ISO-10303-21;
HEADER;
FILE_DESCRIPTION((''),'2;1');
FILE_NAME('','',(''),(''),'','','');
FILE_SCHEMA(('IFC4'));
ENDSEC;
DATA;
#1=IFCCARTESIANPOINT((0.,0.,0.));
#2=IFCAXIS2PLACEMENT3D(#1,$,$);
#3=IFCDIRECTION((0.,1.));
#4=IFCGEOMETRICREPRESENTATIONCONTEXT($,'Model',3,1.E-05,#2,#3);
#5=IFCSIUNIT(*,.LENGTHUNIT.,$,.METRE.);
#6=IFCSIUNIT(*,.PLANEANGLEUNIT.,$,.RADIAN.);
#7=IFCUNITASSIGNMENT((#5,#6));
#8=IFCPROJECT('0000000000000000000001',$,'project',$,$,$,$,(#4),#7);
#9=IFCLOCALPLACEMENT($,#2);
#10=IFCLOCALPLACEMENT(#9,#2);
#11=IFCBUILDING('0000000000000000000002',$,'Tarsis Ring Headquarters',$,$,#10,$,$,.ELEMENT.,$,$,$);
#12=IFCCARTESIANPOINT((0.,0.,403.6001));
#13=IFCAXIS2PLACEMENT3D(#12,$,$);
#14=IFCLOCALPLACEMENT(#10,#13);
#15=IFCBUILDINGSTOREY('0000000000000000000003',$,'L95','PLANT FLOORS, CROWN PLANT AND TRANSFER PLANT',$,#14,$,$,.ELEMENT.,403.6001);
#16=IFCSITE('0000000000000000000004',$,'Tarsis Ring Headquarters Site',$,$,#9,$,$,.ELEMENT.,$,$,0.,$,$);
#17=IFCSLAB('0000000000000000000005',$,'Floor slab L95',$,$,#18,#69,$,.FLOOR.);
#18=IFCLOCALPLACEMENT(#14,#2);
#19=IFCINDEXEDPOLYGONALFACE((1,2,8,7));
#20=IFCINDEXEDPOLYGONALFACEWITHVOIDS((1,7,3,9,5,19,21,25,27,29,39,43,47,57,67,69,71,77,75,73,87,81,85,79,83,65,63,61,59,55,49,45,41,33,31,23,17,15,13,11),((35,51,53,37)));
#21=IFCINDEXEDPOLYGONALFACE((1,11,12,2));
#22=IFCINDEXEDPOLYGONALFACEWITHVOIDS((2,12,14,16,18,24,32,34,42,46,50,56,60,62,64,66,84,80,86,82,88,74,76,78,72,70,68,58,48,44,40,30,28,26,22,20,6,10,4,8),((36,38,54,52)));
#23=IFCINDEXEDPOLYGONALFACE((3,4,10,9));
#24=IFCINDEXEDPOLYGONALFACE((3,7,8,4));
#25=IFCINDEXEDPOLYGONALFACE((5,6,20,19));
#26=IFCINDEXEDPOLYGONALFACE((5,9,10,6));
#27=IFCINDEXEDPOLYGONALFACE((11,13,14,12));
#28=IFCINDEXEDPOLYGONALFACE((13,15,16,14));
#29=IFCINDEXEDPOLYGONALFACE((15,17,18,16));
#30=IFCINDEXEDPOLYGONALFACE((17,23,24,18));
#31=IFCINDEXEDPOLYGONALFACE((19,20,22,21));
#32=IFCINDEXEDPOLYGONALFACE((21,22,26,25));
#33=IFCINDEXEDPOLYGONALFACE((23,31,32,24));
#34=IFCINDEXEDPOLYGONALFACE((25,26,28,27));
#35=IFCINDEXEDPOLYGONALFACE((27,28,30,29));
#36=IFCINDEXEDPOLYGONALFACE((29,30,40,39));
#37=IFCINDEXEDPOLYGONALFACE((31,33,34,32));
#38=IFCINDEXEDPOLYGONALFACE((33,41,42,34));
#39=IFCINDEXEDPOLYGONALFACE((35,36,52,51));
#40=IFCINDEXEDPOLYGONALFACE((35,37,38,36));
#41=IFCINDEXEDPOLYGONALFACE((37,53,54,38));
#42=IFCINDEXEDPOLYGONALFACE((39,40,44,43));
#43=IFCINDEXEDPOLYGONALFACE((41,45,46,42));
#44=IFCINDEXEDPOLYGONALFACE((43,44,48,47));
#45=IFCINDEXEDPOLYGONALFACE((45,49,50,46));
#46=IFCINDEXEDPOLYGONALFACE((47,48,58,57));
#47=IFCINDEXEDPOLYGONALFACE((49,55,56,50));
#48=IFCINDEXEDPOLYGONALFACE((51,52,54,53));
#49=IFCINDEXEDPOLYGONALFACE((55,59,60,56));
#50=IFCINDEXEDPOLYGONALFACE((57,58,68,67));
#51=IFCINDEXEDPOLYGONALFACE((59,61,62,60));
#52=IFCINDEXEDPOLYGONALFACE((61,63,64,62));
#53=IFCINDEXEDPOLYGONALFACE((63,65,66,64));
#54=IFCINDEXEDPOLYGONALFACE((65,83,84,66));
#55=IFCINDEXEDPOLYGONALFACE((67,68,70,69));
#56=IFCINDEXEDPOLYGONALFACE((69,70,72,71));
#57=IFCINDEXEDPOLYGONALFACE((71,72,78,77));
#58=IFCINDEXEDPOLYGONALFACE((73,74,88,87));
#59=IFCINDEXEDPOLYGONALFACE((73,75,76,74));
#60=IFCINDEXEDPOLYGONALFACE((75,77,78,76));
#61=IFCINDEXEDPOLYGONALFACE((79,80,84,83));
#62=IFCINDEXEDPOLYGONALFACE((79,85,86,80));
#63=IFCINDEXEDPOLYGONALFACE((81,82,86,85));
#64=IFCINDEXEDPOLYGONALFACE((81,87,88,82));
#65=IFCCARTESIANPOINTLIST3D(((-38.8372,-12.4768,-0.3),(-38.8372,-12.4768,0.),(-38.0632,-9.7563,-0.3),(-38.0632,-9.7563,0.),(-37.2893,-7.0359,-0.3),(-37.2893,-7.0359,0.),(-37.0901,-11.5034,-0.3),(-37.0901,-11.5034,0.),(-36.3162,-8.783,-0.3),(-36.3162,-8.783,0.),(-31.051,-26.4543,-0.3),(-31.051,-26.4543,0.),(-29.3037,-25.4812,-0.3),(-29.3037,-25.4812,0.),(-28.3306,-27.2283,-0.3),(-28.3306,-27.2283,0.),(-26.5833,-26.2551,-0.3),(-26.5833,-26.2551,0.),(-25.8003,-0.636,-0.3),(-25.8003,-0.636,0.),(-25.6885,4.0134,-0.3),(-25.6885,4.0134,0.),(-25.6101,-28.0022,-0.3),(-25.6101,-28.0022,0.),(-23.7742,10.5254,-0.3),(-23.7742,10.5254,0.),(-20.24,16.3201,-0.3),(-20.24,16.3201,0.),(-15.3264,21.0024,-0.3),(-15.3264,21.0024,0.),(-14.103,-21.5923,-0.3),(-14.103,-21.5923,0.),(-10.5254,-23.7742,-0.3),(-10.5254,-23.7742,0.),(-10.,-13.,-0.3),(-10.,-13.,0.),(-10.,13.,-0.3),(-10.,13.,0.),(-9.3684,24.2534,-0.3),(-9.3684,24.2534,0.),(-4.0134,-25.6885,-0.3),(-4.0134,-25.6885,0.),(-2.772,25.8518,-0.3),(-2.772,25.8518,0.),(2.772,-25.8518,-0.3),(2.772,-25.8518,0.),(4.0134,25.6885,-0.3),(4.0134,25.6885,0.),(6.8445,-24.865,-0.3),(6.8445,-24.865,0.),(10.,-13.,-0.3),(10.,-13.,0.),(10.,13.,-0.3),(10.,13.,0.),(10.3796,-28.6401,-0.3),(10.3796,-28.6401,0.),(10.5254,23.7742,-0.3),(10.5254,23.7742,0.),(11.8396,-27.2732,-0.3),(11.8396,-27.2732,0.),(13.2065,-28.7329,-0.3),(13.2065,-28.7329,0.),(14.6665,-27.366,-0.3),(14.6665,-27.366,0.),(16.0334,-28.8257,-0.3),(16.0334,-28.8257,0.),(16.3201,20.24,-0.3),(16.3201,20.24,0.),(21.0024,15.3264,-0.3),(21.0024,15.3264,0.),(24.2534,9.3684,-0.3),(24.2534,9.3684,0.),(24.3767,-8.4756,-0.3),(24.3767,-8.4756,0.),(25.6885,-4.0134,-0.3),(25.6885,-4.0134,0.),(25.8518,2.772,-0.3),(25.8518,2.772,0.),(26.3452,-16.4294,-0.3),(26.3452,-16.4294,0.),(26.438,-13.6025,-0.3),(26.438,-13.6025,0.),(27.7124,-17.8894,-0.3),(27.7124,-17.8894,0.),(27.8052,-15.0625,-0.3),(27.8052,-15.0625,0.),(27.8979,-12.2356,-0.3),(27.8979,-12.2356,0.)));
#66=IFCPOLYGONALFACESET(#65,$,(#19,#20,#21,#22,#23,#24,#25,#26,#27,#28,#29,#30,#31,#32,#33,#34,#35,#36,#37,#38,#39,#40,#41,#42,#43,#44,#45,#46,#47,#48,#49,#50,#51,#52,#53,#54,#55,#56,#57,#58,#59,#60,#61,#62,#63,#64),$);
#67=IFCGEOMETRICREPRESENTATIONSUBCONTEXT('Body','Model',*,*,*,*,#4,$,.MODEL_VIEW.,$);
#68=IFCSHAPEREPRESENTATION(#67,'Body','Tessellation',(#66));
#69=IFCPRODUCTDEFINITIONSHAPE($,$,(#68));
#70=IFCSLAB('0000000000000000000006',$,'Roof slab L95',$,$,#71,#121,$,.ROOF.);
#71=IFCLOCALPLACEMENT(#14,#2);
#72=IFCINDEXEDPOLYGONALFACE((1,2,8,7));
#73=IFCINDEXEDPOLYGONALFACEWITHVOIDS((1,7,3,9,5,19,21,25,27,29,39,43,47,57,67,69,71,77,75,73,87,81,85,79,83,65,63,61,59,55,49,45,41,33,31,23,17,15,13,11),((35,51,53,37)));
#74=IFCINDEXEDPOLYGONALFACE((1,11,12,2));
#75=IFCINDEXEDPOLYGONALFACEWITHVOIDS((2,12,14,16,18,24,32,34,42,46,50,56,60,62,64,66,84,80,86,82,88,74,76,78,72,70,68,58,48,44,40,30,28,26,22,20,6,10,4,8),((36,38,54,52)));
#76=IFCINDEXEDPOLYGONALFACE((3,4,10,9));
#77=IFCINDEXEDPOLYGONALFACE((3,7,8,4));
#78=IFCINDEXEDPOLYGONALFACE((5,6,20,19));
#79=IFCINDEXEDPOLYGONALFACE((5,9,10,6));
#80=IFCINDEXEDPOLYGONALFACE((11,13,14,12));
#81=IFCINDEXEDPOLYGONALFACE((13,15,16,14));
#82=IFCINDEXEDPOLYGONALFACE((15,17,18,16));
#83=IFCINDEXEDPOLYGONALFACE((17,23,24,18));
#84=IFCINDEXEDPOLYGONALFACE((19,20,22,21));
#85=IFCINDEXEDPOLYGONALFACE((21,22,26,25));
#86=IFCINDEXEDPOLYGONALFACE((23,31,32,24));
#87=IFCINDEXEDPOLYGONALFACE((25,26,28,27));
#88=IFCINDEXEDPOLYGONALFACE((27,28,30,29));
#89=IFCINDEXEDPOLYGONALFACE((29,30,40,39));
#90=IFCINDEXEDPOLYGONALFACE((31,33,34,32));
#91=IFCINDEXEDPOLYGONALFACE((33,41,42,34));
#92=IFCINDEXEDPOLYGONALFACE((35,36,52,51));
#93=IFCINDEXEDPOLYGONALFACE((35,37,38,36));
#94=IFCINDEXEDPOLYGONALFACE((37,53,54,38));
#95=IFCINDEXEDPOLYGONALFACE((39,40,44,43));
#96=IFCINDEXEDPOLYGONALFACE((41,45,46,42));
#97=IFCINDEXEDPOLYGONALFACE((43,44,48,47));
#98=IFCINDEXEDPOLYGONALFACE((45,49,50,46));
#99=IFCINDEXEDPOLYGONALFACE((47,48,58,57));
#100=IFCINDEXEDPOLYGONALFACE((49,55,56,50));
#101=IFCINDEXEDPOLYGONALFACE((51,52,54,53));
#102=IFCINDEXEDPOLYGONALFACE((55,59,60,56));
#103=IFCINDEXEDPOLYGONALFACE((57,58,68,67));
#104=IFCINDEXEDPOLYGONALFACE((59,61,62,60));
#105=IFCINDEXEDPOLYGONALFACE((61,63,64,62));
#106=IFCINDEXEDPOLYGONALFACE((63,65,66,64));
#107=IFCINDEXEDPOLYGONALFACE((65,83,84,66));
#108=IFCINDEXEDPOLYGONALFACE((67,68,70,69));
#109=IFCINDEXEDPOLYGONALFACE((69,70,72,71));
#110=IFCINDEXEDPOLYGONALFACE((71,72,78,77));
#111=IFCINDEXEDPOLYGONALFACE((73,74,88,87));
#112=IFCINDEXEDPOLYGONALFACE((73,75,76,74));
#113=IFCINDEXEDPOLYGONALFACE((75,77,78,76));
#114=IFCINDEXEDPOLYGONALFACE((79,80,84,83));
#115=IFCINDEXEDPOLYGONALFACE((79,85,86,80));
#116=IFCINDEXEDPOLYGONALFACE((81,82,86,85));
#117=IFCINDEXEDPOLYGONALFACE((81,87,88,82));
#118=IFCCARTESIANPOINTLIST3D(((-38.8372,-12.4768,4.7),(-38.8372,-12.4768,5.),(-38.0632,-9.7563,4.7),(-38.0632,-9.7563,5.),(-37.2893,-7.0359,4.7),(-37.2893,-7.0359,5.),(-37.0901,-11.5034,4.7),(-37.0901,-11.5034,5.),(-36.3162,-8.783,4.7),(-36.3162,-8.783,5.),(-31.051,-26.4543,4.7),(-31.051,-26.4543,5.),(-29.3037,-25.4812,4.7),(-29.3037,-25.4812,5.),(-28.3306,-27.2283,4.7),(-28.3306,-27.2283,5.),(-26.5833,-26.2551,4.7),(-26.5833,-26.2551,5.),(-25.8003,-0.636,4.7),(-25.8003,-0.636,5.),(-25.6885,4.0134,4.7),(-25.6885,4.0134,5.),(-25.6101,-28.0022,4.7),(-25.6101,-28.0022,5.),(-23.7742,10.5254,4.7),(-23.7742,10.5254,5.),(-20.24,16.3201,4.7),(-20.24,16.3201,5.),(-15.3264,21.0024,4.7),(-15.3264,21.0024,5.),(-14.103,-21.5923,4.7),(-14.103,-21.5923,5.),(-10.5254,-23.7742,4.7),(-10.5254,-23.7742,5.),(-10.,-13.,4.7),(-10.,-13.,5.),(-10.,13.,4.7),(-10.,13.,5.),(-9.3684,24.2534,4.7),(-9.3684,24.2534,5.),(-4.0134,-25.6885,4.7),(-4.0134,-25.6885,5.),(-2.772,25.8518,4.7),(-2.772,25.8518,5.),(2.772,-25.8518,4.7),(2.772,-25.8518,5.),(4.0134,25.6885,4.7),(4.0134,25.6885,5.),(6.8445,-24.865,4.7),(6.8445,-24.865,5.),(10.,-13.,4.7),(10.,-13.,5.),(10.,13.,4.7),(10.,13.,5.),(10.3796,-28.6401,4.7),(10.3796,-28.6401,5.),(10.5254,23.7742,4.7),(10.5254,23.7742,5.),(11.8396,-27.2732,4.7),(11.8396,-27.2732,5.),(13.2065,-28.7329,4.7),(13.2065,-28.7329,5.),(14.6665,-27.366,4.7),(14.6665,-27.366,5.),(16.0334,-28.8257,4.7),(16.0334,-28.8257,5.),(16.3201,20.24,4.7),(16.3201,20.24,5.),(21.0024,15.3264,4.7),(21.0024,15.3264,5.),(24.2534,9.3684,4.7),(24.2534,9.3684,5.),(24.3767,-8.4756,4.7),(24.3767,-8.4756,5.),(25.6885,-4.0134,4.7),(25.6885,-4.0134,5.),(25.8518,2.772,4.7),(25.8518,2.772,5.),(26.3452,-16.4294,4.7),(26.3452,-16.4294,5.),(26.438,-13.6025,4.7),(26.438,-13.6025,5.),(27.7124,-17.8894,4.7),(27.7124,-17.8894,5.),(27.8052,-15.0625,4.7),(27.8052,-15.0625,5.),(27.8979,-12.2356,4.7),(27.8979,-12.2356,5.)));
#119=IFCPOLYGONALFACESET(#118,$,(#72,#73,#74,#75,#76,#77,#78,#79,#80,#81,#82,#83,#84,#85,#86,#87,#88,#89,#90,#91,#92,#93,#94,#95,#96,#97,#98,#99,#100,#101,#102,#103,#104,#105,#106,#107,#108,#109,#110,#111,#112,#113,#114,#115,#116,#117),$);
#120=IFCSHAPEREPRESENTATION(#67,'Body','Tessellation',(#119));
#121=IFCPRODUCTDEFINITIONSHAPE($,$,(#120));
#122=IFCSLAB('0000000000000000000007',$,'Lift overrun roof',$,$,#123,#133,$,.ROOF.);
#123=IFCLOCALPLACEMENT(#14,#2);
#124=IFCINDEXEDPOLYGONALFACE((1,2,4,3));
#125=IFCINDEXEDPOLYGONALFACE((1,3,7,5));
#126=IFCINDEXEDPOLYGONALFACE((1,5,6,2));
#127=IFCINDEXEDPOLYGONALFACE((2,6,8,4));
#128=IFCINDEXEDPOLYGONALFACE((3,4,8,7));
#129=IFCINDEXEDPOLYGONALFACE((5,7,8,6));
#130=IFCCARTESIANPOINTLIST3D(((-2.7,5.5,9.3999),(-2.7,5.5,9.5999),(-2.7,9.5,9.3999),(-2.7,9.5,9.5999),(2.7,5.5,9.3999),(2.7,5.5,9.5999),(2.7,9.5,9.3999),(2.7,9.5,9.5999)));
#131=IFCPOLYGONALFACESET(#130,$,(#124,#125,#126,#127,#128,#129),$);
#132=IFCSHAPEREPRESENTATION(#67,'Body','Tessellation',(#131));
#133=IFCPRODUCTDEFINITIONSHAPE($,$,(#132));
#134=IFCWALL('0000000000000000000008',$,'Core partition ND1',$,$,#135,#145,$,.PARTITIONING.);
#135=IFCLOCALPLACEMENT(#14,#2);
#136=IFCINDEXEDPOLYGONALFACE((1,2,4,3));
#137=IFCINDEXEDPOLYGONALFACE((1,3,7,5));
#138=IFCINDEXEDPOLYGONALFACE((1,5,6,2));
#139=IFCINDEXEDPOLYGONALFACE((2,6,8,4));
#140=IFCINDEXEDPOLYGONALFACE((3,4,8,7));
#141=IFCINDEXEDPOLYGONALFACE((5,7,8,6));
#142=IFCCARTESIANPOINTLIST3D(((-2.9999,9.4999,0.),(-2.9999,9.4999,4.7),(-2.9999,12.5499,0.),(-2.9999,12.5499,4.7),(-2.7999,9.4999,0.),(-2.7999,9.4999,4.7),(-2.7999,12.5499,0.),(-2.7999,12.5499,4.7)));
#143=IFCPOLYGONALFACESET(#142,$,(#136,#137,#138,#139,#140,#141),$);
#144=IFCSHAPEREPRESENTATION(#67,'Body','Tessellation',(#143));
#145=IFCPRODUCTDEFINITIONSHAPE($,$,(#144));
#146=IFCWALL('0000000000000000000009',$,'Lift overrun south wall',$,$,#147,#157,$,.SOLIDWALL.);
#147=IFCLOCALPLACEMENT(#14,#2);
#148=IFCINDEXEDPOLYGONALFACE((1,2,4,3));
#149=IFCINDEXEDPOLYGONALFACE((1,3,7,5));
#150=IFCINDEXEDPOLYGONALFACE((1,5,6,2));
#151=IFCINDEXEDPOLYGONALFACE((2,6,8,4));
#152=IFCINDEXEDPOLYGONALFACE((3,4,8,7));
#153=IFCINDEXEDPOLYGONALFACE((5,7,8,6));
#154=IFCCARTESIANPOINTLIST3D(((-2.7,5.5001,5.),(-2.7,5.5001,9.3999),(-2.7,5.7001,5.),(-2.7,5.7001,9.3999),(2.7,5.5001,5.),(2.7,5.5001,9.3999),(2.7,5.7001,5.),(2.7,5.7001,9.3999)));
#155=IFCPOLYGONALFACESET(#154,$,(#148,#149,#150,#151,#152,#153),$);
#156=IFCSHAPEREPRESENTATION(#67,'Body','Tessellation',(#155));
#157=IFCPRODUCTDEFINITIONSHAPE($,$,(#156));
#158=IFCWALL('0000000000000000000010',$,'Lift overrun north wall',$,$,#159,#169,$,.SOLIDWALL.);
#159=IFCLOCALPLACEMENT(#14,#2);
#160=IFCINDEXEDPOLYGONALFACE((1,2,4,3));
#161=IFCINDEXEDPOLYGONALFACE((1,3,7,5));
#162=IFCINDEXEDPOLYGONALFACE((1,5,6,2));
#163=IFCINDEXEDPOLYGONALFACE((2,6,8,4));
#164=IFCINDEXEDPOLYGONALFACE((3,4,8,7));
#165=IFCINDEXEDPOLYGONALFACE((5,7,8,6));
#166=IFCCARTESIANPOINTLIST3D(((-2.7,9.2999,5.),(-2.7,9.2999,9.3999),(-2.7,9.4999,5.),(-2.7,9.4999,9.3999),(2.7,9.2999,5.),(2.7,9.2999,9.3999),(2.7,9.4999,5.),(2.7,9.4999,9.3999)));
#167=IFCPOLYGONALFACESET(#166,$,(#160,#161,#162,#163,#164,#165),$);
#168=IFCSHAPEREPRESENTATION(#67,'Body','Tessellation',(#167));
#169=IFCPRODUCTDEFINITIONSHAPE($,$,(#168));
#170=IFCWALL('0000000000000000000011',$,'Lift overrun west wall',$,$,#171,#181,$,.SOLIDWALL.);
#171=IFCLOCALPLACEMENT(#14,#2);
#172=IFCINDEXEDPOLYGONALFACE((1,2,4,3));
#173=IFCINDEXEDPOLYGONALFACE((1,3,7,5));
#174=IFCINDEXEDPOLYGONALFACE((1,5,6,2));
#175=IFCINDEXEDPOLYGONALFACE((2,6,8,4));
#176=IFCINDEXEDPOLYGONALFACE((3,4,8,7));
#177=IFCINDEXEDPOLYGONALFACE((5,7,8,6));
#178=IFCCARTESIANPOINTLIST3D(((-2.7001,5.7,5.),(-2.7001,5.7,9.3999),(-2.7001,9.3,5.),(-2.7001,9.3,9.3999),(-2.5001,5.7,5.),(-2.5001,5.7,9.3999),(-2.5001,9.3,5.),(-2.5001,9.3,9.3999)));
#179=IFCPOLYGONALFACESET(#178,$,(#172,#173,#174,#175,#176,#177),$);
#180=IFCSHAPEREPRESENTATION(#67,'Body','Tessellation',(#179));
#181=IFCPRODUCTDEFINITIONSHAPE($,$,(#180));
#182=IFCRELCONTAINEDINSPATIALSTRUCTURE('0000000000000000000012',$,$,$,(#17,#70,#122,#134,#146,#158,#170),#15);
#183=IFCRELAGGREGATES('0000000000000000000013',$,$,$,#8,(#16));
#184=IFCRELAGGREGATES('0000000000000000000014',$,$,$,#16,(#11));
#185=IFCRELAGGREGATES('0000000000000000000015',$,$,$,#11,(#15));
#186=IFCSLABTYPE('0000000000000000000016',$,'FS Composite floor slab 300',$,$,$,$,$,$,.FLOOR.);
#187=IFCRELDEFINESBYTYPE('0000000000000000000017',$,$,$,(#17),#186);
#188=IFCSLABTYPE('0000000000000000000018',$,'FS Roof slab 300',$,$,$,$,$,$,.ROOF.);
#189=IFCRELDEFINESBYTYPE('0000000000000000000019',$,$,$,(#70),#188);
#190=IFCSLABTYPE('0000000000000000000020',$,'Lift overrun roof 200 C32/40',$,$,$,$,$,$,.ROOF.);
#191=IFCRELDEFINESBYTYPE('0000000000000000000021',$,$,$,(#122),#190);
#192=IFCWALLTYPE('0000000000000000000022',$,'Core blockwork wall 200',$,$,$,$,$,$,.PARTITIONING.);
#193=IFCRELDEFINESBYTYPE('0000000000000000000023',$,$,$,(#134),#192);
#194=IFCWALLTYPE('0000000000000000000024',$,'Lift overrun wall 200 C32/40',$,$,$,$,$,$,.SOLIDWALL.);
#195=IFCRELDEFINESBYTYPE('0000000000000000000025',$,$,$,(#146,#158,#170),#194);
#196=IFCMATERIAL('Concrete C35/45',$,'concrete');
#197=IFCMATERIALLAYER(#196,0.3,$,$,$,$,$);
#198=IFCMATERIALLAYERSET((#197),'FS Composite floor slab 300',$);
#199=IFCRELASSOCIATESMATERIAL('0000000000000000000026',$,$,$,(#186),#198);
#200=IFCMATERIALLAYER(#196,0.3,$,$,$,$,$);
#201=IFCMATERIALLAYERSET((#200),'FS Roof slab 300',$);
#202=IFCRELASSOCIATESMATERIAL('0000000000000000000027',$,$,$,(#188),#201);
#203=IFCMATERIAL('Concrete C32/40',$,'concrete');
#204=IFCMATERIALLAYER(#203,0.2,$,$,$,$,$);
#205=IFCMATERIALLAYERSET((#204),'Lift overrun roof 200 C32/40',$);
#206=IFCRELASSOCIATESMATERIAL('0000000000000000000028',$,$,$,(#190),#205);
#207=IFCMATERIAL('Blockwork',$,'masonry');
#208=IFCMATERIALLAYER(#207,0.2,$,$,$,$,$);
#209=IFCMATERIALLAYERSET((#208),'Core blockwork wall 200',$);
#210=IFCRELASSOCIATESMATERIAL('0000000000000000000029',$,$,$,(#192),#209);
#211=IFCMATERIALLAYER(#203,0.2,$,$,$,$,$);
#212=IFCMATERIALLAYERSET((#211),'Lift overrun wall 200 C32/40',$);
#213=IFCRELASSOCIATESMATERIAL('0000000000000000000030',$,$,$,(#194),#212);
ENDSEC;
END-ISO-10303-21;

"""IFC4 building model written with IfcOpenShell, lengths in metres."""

from ifc_helpers import new_model, si_unit, direction, frame, frame_2d, origin, place, context, subcontext, project, spatial, polyline, rectangle, outline, extrude, material, layer, layer_set, type_object, element, save


model = new_model("IFC4")

# Units and contexts
model_context = context("Model", 3, precision=1e-05, world=origin(), true_north=direction((0.0, 1.0)))
body_context = subcontext(model_context, "Body", "Model", "MODEL_VIEW")
ifc_project = project(units=[si_unit("LENGTHUNIT", "METRE"), si_unit("PLANEANGLEUNIT", "RADIAN")], contexts=[model_context])

# Site, building, storey
site_placement = place(None, origin())
site = spatial("IfcSite", under=ifc_project, at=site_placement, Name="Tarsis Ring Headquarters Site", CompositionType="ELEMENT", RefElevation=0.0)
building_placement = place(site_placement, origin())
building = spatial("IfcBuilding", under=site, at=building_placement, Name="Tarsis Ring Headquarters", CompositionType="ELEMENT")
storey_placement = place(building_placement, frame((0.0, 0.0, 403.6001)))
storey = spatial("IfcBuildingStorey", under=building, at=storey_placement, Name="L95", Description="PLANT FLOORS, CROWN PLANT AND TRANSFER PLANT", CompositionType="ELEMENT", Elevation=403.6001)

# Slabs
ifc_material_1 = material(Name="Concrete C35/45", Category="concrete")
ifc_layer_1 = layer(ifc_material_1, 0.3)
ifc_layer_set_1 = layer_set([ifc_layer_1], Name="FS Composite floor slab 300")
slab_type_1 = type_object("IfcSlabType", Name="FS Composite floor slab 300", PredefinedType="FLOOR", material=ifc_layer_set_1)
slab_1_placement = place(storey_placement, frame((0.0, 0.0, -0.3)))
element("IfcSlab", 1, at=slab_1_placement, inside=storey, type_object=slab_type_1, Name="Floor slab L95", PredefinedType="FLOOR", context=body_context, shape_type="SweptSolid", body=[
    extrude(outline(polyline([(-14.103, -21.5923), (-10.5254, -23.7742), (-4.0134, -25.6885), (2.772, -25.8518), (6.8445, -24.865), (10.3796, -28.6401), (11.8396, -27.2732), (13.2065, -28.7329), (14.6665, -27.366), (16.0334, -28.8257), (27.7124, -17.8894), (26.3452, -16.4294), (27.8052, -15.0625), (26.438, -13.6025), (27.8979, -12.2356), (24.3767, -8.4756), (25.6885, -4.0134), (25.8518, 2.772), (24.2534, 9.3684), (21.0024, 15.3264), (16.3201, 20.24), (10.5254, 23.7742), (4.0134, 25.6885), (-2.772, 25.8518), (-9.3684, 24.2534), (-15.3264, 21.0024), (-20.24, 16.3201), (-23.7742, 10.5254), (-25.6885, 4.0134), (-25.8003, -0.636), (-37.2893, -7.0359), (-36.3162, -8.783), (-38.0632, -9.7563), (-37.0901, -11.5034), (-38.8372, -12.4768), (-31.051, -26.4543), (-29.3037, -25.4812), (-28.3306, -27.2283), (-26.5833, -26.2551), (-25.6101, -28.0022), (-14.103, -21.5923)]), holes=[polyline([(-10.0, -13.0), (-10.0, 13.0), (10.0, 13.0), (10.0, -13.0), (-10.0, -13.0)])]), origin(), (0.0, 0.0, 1.0), 0.3),
])
ifc_layer_2 = layer(ifc_material_1, 0.3)
ifc_layer_set_2 = layer_set([ifc_layer_2], Name="FS Roof slab 300")
slab_type_2 = type_object("IfcSlabType", Name="FS Roof slab 300", PredefinedType="ROOF", material=ifc_layer_set_2)
slab_2_placement = place(storey_placement, frame((0.0, 0.0, 4.7)))
element("IfcSlab", 2, at=slab_2_placement, inside=storey, type_object=slab_type_2, Name="Roof slab L95", PredefinedType="ROOF", context=body_context, shape_type="SweptSolid", body=[
    extrude(outline(polyline([(-14.103, -21.5923), (-10.5254, -23.7742), (-4.0134, -25.6885), (2.772, -25.8518), (6.8445, -24.865), (10.3796, -28.6401), (11.8396, -27.2732), (13.2065, -28.7329), (14.6665, -27.366), (16.0334, -28.8257), (27.7124, -17.8894), (26.3452, -16.4294), (27.8052, -15.0625), (26.438, -13.6025), (27.8979, -12.2356), (24.3767, -8.4756), (25.6885, -4.0134), (25.8518, 2.772), (24.2534, 9.3684), (21.0024, 15.3264), (16.3201, 20.24), (10.5254, 23.7742), (4.0134, 25.6885), (-2.772, 25.8518), (-9.3684, 24.2534), (-15.3264, 21.0024), (-20.24, 16.3201), (-23.7742, 10.5254), (-25.6885, 4.0134), (-25.8003, -0.636), (-37.2893, -7.0359), (-36.3162, -8.783), (-38.0632, -9.7563), (-37.0901, -11.5034), (-38.8372, -12.4768), (-31.051, -26.4543), (-29.3037, -25.4812), (-28.3306, -27.2283), (-26.5833, -26.2551), (-25.6101, -28.0022), (-14.103, -21.5923)]), holes=[polyline([(-10.0, -13.0), (-10.0, 13.0), (10.0, 13.0), (10.0, -13.0), (-10.0, -13.0)])]), origin(), (0.0, 0.0, 1.0), 0.3),
])
ifc_material_2 = material(Name="Concrete C32/40", Category="concrete")
ifc_layer_3 = layer(ifc_material_2, 0.2)
ifc_layer_set_3 = layer_set([ifc_layer_3], Name="Lift overrun roof 200 C32/40")
slab_type_3 = type_object("IfcSlabType", Name="Lift overrun roof 200 C32/40", PredefinedType="ROOF", material=ifc_layer_set_3)
slab_3_placement = place(storey_placement, frame((0.0, 0.0, 9.3999)))
element("IfcSlab", 3, at=slab_3_placement, inside=storey, type_object=slab_type_3, Name="Lift overrun roof", PredefinedType="ROOF", context=body_context, shape_type="SweptSolid", body=[
    extrude(outline(polyline([(-2.7, 5.5), (2.7, 5.5), (2.7, 9.5), (-2.7, 9.5), (-2.7, 5.5)])), origin(), (0.0, 0.0, 1.0), 0.2),
])

# Walls
ifc_material_3 = material(Name="Blockwork", Category="masonry")
ifc_layer_4 = layer(ifc_material_3, 0.2)
ifc_layer_set_4 = layer_set([ifc_layer_4], Name="Core blockwork wall 200")
wall_type_1 = type_object("IfcWallType", Name="Core blockwork wall 200", PredefinedType="PARTITIONING", material=ifc_layer_set_4)
wall_1_placement = place(storey_placement, frame((-2.8999, 9.5, 0.0), z_axis=(0.0, 0.0, 1.0), x_axis=(0.0, 1.0, 0.0)))
element("IfcWall", 4, at=wall_1_placement, inside=storey, type_object=wall_type_1, Name="Core partition ND1", PredefinedType="PARTITIONING", context=body_context, shape_type="SweptSolid", body=[
    extrude(rectangle(XDim=3.05, YDim=0.2, at=frame_2d((1.5249, 0.0))), origin(), (0.0, 0.0, 1.0), 4.7),
])
ifc_layer_5 = layer(ifc_material_2, 0.2)
ifc_layer_set_5 = layer_set([ifc_layer_5], Name="Lift overrun wall 200 C32/40")
wall_type_2 = type_object("IfcWallType", Name="Lift overrun wall 200 C32/40", PredefinedType="SOLIDWALL", material=ifc_layer_set_5)
for number, where, z_axis, x_axis, name in (
    (5, (-2.7, 5.6001, 5.0), (0.0, 0.0, 1.0), (1.0, 0.0, 0.0), "Lift overrun south wall"),
    (6, (-2.7, 9.3999, 5.0), (0.0, 0.0, 1.0), (1.0, 0.0, 0.0), "Lift overrun north wall"),
):
    element("IfcWall", number, at=place(storey_placement, frame(where, z_axis=z_axis, x_axis=x_axis)), inside=storey, type_object=wall_type_2, Name=name, PredefinedType="SOLIDWALL", context=body_context, shape_type="SweptSolid", body=[
        extrude(rectangle(XDim=5.3999, YDim=0.2, at=frame_2d((2.7, 0.0))), origin(), (0.0, 0.0, 1.0), 4.3999),
    ])
for number, where, z_axis, x_axis, name in (
    (7, (-2.6001, 5.7, 5.0), (0.0, 0.0, 1.0), (0.0, 1.0, 0.0), "Lift overrun west wall"),
):
    element("IfcWall", number, at=place(storey_placement, frame(where, z_axis=z_axis, x_axis=x_axis)), inside=storey, type_object=wall_type_2, Name=name, PredefinedType="SOLIDWALL", context=body_context, shape_type="SweptSolid", body=[
        extrude(rectangle(XDim=3.6001, YDim=0.2, at=frame_2d((1.8, 0.0))), origin(), (0.0, 0.0, 1.0), 4.3999),
    ])

save(model, "model.ifc")
